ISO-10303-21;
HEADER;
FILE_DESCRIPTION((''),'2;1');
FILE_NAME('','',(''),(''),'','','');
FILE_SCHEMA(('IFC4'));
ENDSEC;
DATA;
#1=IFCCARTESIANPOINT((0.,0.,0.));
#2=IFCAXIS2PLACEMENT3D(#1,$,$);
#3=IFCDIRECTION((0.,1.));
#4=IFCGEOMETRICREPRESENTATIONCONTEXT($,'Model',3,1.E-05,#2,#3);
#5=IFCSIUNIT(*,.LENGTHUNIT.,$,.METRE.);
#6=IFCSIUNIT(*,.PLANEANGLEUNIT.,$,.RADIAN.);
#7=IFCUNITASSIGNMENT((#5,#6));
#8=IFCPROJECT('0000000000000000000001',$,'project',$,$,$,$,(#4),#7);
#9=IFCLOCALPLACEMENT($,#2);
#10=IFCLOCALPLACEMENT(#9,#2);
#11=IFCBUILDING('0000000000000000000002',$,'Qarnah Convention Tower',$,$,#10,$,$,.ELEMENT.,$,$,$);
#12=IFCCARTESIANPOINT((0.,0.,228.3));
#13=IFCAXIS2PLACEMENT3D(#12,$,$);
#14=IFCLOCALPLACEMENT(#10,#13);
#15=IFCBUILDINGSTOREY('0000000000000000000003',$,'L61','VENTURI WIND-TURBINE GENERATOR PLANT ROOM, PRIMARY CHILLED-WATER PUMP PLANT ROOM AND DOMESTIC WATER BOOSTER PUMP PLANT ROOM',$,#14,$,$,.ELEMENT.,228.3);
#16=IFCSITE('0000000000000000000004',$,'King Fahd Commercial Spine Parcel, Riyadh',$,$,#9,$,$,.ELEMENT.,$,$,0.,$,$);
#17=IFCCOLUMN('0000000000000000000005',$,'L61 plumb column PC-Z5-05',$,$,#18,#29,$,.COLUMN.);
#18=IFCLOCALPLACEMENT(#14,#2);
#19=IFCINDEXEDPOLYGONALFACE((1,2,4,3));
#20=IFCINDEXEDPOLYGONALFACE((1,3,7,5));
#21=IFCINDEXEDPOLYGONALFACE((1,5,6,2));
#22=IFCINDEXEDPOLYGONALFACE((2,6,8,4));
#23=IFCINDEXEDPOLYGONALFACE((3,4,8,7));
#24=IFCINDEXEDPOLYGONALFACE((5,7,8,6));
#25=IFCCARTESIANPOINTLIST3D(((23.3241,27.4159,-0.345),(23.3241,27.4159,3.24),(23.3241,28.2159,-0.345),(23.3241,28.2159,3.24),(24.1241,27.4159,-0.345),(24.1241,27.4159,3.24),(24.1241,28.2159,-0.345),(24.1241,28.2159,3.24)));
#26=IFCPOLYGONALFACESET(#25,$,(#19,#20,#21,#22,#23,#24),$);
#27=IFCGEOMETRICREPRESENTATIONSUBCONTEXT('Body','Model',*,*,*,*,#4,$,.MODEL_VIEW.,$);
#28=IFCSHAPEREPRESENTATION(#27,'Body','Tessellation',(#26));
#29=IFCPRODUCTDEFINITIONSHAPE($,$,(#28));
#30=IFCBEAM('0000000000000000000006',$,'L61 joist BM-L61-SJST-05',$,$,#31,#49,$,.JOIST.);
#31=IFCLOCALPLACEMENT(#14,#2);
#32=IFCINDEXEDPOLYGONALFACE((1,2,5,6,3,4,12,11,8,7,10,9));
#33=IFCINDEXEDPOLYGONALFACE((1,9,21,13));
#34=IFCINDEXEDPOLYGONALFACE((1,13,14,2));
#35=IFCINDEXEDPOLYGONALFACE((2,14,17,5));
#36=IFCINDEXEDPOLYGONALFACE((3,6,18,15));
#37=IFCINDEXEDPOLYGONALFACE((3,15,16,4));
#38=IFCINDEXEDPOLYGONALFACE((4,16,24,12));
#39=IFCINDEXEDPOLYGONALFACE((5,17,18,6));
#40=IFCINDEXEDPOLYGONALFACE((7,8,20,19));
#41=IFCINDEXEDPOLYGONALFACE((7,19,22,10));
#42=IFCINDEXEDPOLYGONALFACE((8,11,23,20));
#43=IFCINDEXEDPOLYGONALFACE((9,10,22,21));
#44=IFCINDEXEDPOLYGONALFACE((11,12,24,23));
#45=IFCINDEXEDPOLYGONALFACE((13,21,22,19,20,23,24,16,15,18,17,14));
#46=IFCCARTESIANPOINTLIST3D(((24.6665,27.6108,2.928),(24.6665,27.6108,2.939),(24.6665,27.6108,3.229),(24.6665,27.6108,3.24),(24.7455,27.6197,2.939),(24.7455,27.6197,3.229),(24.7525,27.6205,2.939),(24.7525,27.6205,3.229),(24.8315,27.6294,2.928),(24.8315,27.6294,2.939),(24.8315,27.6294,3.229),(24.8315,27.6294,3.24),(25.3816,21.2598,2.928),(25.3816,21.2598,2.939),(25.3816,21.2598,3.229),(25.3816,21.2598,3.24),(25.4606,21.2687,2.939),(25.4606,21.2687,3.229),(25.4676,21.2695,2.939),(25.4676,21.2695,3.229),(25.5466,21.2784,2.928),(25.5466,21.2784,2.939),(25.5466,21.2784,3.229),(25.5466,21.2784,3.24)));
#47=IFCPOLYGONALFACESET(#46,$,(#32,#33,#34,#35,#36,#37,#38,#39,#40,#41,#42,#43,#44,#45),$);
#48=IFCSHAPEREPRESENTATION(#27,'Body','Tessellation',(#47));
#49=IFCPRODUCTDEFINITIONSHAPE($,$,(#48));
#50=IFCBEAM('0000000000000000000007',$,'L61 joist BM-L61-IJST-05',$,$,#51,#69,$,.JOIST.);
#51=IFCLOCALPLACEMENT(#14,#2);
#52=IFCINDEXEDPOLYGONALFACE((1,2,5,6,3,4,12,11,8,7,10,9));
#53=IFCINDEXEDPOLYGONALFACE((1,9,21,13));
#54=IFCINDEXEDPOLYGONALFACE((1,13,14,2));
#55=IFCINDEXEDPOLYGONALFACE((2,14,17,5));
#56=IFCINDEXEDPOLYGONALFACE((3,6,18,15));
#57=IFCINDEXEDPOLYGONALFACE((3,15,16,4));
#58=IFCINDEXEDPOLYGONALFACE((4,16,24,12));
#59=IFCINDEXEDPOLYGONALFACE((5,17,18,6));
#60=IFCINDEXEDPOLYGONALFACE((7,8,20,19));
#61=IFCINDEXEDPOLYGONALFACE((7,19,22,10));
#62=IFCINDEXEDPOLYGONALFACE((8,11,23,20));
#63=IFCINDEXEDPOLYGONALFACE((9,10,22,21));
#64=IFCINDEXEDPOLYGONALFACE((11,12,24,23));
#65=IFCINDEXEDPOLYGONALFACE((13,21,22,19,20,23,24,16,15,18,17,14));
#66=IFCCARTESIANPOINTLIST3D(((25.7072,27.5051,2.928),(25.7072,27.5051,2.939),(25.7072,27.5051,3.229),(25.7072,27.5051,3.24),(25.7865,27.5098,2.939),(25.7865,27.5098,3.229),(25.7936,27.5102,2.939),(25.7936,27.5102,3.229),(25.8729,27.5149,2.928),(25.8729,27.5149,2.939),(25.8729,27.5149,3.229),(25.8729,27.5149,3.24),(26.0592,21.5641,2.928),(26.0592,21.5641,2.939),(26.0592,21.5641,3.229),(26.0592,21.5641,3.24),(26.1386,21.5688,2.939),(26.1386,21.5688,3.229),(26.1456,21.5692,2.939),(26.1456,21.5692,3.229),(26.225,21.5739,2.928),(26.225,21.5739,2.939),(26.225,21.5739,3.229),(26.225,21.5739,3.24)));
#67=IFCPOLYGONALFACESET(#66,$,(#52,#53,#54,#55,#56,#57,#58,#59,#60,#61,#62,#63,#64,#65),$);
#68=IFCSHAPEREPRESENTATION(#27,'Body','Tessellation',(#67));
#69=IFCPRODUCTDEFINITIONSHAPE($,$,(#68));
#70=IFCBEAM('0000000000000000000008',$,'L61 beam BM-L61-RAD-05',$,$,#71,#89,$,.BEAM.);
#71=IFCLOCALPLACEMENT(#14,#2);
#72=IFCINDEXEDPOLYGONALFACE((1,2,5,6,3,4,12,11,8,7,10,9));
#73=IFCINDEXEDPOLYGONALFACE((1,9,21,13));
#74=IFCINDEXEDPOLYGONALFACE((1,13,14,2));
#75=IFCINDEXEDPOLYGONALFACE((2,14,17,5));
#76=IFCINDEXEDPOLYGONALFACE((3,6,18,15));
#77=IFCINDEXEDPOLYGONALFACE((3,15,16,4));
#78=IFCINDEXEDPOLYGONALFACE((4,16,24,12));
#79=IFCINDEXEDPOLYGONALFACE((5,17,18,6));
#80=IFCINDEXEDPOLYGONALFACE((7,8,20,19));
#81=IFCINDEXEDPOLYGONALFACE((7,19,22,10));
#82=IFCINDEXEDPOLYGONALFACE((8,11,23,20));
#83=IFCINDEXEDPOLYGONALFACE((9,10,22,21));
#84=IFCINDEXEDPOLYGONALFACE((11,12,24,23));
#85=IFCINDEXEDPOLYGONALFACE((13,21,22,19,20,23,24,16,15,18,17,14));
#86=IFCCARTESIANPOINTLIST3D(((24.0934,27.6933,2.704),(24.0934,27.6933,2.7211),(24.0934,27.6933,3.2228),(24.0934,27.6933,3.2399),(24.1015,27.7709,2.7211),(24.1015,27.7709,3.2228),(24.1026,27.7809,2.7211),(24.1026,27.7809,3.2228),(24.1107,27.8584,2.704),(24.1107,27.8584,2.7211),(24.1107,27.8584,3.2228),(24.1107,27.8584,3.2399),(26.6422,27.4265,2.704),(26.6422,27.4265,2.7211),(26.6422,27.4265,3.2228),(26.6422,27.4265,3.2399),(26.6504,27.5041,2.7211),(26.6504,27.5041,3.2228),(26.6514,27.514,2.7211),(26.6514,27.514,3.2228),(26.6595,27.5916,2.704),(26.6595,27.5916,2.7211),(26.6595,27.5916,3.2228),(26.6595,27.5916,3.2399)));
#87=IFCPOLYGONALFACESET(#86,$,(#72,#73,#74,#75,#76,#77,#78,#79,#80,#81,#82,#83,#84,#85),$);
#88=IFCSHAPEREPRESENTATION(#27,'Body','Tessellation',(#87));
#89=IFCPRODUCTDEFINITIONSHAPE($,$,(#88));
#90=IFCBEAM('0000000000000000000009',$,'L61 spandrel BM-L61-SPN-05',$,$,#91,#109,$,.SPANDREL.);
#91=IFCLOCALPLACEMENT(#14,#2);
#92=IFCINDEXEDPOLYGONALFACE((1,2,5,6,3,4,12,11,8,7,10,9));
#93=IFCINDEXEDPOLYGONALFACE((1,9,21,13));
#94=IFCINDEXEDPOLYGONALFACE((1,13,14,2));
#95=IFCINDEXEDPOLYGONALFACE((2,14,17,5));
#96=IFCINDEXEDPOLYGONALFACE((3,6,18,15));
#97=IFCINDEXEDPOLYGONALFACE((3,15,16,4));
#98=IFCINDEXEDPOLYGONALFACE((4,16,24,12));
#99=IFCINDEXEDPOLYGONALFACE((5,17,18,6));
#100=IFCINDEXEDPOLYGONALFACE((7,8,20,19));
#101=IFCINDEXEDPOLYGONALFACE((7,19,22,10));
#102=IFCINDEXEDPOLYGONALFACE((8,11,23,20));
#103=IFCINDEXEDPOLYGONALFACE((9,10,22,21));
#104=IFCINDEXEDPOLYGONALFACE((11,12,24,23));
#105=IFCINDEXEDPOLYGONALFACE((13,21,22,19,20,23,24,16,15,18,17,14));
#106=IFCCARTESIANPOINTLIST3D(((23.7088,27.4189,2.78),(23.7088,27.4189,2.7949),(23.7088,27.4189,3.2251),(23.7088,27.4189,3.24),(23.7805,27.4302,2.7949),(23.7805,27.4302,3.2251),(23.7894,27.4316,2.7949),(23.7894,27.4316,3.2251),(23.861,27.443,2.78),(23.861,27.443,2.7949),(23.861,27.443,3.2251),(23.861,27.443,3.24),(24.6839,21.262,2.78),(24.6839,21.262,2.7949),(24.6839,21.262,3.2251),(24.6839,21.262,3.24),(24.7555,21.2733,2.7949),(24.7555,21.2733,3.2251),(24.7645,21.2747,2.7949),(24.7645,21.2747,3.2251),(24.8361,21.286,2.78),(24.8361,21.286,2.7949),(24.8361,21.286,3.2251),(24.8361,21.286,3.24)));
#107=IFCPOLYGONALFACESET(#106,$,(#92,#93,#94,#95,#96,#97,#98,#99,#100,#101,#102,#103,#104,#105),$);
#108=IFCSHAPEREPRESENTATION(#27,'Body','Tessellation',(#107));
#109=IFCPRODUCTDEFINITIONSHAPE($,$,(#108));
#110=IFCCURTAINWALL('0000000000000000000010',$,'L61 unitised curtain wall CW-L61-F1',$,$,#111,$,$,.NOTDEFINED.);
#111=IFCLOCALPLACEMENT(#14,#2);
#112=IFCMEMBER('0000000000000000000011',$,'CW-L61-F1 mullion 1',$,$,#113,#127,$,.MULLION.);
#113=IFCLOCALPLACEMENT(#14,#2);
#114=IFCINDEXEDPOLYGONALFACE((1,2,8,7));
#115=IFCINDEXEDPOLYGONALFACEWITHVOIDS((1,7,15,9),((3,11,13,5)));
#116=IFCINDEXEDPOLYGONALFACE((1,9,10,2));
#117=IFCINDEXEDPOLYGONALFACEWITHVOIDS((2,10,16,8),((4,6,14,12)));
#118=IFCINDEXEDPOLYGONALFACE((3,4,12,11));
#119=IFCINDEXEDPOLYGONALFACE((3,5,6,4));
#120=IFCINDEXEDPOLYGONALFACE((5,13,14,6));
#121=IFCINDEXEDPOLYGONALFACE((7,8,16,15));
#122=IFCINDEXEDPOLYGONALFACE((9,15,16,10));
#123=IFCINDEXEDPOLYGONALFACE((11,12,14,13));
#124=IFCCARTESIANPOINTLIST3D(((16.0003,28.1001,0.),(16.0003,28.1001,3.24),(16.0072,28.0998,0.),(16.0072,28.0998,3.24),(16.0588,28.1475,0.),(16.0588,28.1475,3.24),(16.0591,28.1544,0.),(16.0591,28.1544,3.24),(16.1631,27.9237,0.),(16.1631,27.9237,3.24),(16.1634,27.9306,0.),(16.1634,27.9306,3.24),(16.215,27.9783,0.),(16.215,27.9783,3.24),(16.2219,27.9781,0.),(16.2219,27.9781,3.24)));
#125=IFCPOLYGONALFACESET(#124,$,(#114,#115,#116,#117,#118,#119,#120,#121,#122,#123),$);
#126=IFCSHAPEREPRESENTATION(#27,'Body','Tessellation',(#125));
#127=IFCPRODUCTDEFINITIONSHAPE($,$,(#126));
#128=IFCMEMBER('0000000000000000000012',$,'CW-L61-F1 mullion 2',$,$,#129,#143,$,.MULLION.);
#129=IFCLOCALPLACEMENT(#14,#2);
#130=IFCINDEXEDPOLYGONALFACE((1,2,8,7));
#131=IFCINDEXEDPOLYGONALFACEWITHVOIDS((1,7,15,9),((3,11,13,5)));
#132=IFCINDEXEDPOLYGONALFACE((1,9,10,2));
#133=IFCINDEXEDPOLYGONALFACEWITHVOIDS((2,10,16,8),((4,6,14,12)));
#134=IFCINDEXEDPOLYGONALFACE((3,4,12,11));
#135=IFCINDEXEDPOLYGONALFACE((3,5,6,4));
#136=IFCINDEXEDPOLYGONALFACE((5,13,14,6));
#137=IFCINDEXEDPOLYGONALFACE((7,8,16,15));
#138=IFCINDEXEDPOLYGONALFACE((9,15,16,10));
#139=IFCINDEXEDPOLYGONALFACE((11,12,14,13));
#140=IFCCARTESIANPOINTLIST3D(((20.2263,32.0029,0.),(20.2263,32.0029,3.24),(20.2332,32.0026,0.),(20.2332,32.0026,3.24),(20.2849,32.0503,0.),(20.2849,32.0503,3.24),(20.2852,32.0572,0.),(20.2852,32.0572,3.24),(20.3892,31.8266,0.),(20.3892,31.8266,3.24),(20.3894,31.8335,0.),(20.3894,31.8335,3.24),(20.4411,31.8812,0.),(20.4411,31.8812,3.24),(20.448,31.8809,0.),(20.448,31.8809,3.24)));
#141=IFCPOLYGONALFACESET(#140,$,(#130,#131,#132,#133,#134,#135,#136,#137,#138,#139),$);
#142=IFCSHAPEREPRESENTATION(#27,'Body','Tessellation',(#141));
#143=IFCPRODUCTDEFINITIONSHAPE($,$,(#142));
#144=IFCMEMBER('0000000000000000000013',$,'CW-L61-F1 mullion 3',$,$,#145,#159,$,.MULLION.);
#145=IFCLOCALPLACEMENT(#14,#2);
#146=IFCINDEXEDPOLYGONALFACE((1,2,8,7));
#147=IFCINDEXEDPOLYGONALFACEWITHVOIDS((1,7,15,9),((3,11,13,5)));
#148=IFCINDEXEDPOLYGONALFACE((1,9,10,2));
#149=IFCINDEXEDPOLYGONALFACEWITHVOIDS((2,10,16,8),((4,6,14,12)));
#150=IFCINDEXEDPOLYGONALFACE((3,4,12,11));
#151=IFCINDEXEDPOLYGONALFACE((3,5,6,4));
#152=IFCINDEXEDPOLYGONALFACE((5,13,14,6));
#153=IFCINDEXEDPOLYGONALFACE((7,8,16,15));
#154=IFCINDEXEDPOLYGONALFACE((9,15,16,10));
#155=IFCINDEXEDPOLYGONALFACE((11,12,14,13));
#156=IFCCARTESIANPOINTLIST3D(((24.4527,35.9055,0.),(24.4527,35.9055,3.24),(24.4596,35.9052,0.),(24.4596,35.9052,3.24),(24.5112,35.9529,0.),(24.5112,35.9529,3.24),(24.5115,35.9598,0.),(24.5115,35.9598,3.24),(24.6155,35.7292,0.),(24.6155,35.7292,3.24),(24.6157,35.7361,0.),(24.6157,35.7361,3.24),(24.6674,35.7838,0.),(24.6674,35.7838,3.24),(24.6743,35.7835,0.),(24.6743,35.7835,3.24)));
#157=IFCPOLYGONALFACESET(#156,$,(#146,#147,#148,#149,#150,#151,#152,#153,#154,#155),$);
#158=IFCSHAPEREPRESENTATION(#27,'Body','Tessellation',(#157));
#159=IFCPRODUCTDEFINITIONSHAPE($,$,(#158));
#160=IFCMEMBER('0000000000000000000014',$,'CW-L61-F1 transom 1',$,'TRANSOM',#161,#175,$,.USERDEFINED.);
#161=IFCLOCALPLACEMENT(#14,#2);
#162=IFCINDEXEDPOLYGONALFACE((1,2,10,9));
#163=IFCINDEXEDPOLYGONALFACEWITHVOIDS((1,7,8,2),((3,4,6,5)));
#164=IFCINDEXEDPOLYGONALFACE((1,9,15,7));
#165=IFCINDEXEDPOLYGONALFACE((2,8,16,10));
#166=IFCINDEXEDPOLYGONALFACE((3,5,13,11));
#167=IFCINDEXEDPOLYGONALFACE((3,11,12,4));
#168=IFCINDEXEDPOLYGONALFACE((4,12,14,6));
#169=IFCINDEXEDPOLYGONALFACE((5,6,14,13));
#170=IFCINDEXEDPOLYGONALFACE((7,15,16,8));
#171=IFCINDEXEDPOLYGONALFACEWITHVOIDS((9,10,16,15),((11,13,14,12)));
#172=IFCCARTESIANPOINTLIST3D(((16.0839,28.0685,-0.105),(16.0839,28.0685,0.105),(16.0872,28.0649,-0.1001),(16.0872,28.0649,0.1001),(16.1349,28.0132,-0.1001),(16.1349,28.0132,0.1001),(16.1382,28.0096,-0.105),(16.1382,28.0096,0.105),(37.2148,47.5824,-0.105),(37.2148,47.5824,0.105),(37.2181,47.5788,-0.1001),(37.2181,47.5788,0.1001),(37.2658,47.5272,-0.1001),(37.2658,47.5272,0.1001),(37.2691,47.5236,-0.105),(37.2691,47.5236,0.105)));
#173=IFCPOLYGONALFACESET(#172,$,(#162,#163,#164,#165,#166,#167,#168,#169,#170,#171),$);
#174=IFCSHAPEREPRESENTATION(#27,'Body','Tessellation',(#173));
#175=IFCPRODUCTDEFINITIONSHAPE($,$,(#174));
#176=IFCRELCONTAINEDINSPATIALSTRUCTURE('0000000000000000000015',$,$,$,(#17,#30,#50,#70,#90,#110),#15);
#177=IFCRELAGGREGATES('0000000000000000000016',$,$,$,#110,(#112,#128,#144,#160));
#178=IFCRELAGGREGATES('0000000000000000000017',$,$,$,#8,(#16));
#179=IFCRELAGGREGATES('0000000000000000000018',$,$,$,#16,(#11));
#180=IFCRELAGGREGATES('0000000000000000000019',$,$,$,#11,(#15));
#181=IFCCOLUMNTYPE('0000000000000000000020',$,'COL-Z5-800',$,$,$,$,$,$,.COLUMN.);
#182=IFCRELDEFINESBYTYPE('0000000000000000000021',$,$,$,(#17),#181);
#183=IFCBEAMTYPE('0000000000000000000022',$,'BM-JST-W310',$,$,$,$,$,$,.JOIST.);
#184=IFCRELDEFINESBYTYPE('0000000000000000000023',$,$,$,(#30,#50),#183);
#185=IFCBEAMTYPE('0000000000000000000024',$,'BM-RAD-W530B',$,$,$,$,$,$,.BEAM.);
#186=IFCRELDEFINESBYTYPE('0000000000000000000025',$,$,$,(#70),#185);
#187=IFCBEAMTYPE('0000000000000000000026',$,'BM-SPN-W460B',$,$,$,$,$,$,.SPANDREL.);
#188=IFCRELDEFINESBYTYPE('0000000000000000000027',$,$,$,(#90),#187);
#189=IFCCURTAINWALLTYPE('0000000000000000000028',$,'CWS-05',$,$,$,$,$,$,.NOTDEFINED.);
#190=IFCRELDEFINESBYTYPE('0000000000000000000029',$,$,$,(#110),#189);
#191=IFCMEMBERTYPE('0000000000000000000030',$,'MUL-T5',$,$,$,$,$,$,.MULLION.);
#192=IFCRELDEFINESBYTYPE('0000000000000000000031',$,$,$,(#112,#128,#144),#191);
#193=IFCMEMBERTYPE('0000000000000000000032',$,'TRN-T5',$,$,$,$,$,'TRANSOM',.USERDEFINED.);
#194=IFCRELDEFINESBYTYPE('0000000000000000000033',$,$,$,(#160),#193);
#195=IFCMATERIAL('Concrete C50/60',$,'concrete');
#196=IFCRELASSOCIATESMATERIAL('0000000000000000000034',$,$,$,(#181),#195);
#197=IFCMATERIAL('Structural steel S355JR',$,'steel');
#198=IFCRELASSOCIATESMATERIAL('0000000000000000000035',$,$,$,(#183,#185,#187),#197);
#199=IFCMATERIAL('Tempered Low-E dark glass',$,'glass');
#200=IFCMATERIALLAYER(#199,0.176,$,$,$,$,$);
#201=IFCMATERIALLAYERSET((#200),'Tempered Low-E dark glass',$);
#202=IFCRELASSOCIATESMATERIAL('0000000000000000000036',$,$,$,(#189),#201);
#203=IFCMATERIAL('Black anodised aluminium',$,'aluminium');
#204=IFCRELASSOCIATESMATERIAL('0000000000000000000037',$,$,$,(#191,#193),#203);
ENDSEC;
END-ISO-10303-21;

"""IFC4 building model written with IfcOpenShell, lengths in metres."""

from ifc_helpers import new_model, si_unit, direction, frame, origin, origin_2d, place, context, subcontext, project, spatial, rectangle, hollow_rectangle, i_section, extrude, material, layer, layer_set, material_profile, profile_set, type_object, element, aggregate, save


model = new_model("IFC4")

# Units and contexts
model_context = context("Model", 3, precision=1e-05, world=origin(), true_north=direction((0.0, 1.0)))
body_context = subcontext(model_context, "Body", "Model", "MODEL_VIEW")
ifc_project = project(units=[si_unit("LENGTHUNIT", "METRE"), si_unit("PLANEANGLEUNIT", "RADIAN")], contexts=[model_context])

# Site, building, storey
site_placement = place(None, origin())
site = spatial("IfcSite", under=ifc_project, at=site_placement, Name="King Fahd Commercial Spine Parcel, Riyadh", CompositionType="ELEMENT", RefElevation=0.0)
building_placement = place(site_placement, origin())
building = spatial("IfcBuilding", under=site, at=building_placement, Name="Qarnah Convention Tower", CompositionType="ELEMENT")
storey_placement = place(building_placement, frame((0.0, 0.0, 228.3)))
storey = spatial("IfcBuildingStorey", under=building, at=storey_placement, Name="L61", Description="VENTURI WIND-TURBINE GENERATOR PLANT ROOM, PRIMARY CHILLED-WATER PUMP PLANT ROOM AND DOMESTIC WATER BOOSTER PUMP PLANT ROOM", CompositionType="ELEMENT", Elevation=228.3)

# Column
ifc_material_1 = material(Name="Concrete C50/60", Category="concrete")
ifc_material_profile_1 = material_profile(ifc_material_1, rectangle(XDim=0.8, YDim=0.8, at=origin_2d()), Name="RC-COL-800X800")
ifc_profile_set_1 = profile_set([ifc_material_profile_1], Name="Concrete C50/60")
column_type = type_object("IfcColumnType", Name="COL-Z5-800", PredefinedType="COLUMN", material=ifc_profile_set_1)
column_placement = place(storey_placement, frame((23.7241, 27.8159, -0.345), z_axis=(0.0, 0.0, 1.0), x_axis=(1.0, 0.0, 0.0)))
element("IfcColumn", 1, at=column_placement, inside=storey, type_object=column_type, Name="L61 plumb column PC-Z5-05", PredefinedType="COLUMN", context=body_context, shape_type="SweptSolid", body=[
    extrude(rectangle(XDim=0.8, YDim=0.8, at=origin_2d()), origin(), (0.0, 0.0, 1.0), 3.585),
])

# Beams
ifc_material_2 = material(Name="Structural steel S355JR", Category="steel")
ifc_material_profile_2 = material_profile(ifc_material_2, i_section(OverallWidth=0.166, OverallDepth=0.312, WebThickness=0.0071, FlangeThickness=0.011, at=origin_2d()), Name="W310X45")
ifc_profile_set_2 = profile_set([ifc_material_profile_2], Name="Structural steel S355JR")
beam_type_1 = type_object("IfcBeamType", Name="BM-JST-W310", PredefinedType="JOIST", material=ifc_profile_set_2)
beam_1_placement = place(storey_placement, frame((24.749, 27.6201, 3.084), z_axis=(0.111886, -0.993721, 0.0), x_axis=(0.993721, 0.111886, 0.0)))
element("IfcBeam", 2, at=beam_1_placement, inside=storey, type_object=beam_type_1, Name="L61 joist BM-L61-SJST-05", PredefinedType="JOIST", context=body_context, shape_type="SweptSolid", body=[
    extrude(i_section(OverallWidth=0.166, OverallDepth=0.312, WebThickness=0.0071, FlangeThickness=0.011, at=origin_2d()), origin(), (0.0, 0.0, 1.0), 6.3911),
])
beam_2_placement = place(storey_placement, frame((25.79, 27.51, 3.084), z_axis=(0.059155, -0.998249, 0.0), x_axis=(0.998249, 0.059155, 0.0)))
element("IfcBeam", 3, at=beam_2_placement, inside=storey, type_object=beam_type_1, Name="L61 joist BM-L61-IJST-05", PredefinedType="JOIST", context=body_context, shape_type="SweptSolid", body=[
    extrude(i_section(OverallWidth=0.166, OverallDepth=0.312, WebThickness=0.0071, FlangeThickness=0.011, at=origin_2d()), origin(), (0.0, 0.0, 1.0), 5.9514),
])
ifc_material_profile_3 = material_profile(ifc_material_2, i_section(OverallWidth=0.166, OverallDepth=0.5359, WebThickness=0.01, FlangeThickness=0.0171, at=origin_2d()), Name="W530X85")
ifc_profile_set_3 = profile_set([ifc_material_profile_3], Name="Structural steel S355JR")
beam_type_2 = type_object("IfcBeamType", Name="BM-RAD-W530B", PredefinedType="BEAM", material=ifc_profile_set_3)
beam_3_placement = place(storey_placement, frame((26.6509, 27.509, 2.9719), z_axis=(-0.994564, 0.104124, 0.0), x_axis=(-0.104124, -0.994564, 0.0)))
element("IfcBeam", 4, at=beam_3_placement, inside=storey, type_object=beam_type_2, Name="L61 beam BM-L61-RAD-05", PredefinedType="BEAM", context=body_context, shape_type="SweptSolid", body=[
    extrude(i_section(OverallWidth=0.166, OverallDepth=0.5359, WebThickness=0.01, FlangeThickness=0.0171, at=origin_2d()), origin(), (0.0, 0.0, 1.0), 2.5627),
])
ifc_material_profile_4 = material_profile(ifc_material_2, i_section(OverallWidth=0.1541, OverallDepth=0.46, WebThickness=0.009, FlangeThickness=0.0149, at=origin_2d()), Name="W460X68")
ifc_profile_set_4 = profile_set([ifc_material_profile_4], Name="Structural steel S355JR")
beam_type_3 = type_object("IfcBeamType", Name="BM-SPN-W460B", PredefinedType="SPANDREL", material=ifc_profile_set_4)
beam_4_placement = place(storey_placement, frame((23.7849, 27.4309, 3.01), z_axis=(0.156423, -0.98769, 0.0), x_axis=(0.98769, 0.156423, 0.0)))
element("IfcBeam", 5, at=beam_4_placement, inside=storey, type_object=beam_type_3, Name="L61 spandrel BM-L61-SPN-05", PredefinedType="SPANDREL", context=body_context, shape_type="SweptSolid", body=[
    extrude(i_section(OverallWidth=0.1541, OverallDepth=0.46, WebThickness=0.009, FlangeThickness=0.0149, at=origin_2d()), origin(), (0.0, 0.0, 1.0), 6.2336),
])

# Curtain wall, members
ifc_material_3 = material(Name="Tempered Low-E dark glass", Category="glass")
ifc_layer_1 = layer(ifc_material_3, 0.176)
ifc_layer_set_1 = layer_set([ifc_layer_1], Name="Tempered Low-E dark glass")
curtain_wall_type = type_object("IfcCurtainWallType", Name="CWS-05", PredefinedType="NOTDEFINED", material=ifc_layer_set_1)
curtain_wall_placement = place(storey_placement, origin())
curtain_wall = element("IfcCurtainWall", 6, at=curtain_wall_placement, inside=storey, type_object=curtain_wall_type, Name="L61 unitised curtain wall CW-L61-F1", PredefinedType="NOTDEFINED")
ifc_material_4 = material(Name="Black anodised aluminium", Category="aluminium")
ifc_material_profile_5 = material_profile(ifc_material_4, hollow_rectangle(XDim=0.0801, YDim=0.24, WallThickness=0.0049, at=origin_2d()), Name="MUL-80X240")
ifc_profile_set_5 = profile_set([ifc_material_profile_5], Name="Black anodised aluminium")
member_type_1 = type_object("IfcMemberType", Name="MUL-T5", PredefinedType="MULLION", material=ifc_profile_set_5)
member_1_placement = place(storey_placement, frame((16.1111, 28.0391, 0.0), z_axis=(0.0, 0.0, 1.0), x_axis=(0.734657, 0.678439, 0.0)))
member_1 = element("IfcMember", 7, at=member_1_placement, type_object=member_type_1, Name="CW-L61-F1 mullion 1", PredefinedType="MULLION", context=body_context, shape_type="SweptSolid", body=[
    extrude(hollow_rectangle(XDim=0.0801, YDim=0.24, WallThickness=0.0049, at=origin_2d()), origin(), (0.0, 0.0, 1.0), 3.24),
])
member_2_placement = place(storey_placement, frame((20.3372, 31.9419, 0.0), z_axis=(0.0, 0.0, 1.0), x_axis=(0.734657, 0.678439, 0.0)))
member_2 = element("IfcMember", 8, at=member_2_placement, type_object=member_type_1, Name="CW-L61-F1 mullion 2", PredefinedType="MULLION", context=body_context, shape_type="SweptSolid", body=[
    extrude(hollow_rectangle(XDim=0.0801, YDim=0.24, WallThickness=0.0049, at=origin_2d()), origin(), (0.0, 0.0, 1.0), 3.24),
])
member_3_placement = place(storey_placement, frame((24.5635, 35.8445, 0.0), z_axis=(0.0, 0.0, 1.0), x_axis=(0.734657, 0.678439, 0.0)))
member_3 = element("IfcMember", 9, at=member_3_placement, type_object=member_type_1, Name="CW-L61-F1 mullion 3", PredefinedType="MULLION", context=body_context, shape_type="SweptSolid", body=[
    extrude(hollow_rectangle(XDim=0.0801, YDim=0.24, WallThickness=0.0049, at=origin_2d()), origin(), (0.0, 0.0, 1.0), 3.24),
])
ifc_material_profile_6 = material_profile(ifc_material_4, hollow_rectangle(XDim=0.0801, YDim=0.21, WallThickness=0.0049, at=origin_2d()), Name="TRN-80X210")
ifc_profile_set_6 = profile_set([ifc_material_profile_6], Name="Black anodised aluminium")
member_type_2 = type_object("IfcMemberType", Name="TRN-T5", ElementType="TRANSOM", PredefinedType="USERDEFINED", material=ifc_profile_set_6)
member_4_placement = place(storey_placement, frame((16.1111, 28.0391, 0.0), z_axis=(0.734656, 0.67844, 0.0), x_axis=(-0.67844, 0.734656, 0.0)))
member_4 = element("IfcMember", 10, at=member_4_placement, type_object=member_type_2, Name="CW-L61-F1 transom 1", ObjectType="TRANSOM", PredefinedType="USERDEFINED", context=body_context, shape_type="SweptSolid", body=[
    extrude(hollow_rectangle(XDim=0.0801, YDim=0.21, WallThickness=0.0049, at=origin_2d()), origin(), (0.0, 0.0, 1.0), 28.7629),
])
aggregate(curtain_wall, [member_1, member_2, member_3, member_4])

save(model, "model.ifc")
